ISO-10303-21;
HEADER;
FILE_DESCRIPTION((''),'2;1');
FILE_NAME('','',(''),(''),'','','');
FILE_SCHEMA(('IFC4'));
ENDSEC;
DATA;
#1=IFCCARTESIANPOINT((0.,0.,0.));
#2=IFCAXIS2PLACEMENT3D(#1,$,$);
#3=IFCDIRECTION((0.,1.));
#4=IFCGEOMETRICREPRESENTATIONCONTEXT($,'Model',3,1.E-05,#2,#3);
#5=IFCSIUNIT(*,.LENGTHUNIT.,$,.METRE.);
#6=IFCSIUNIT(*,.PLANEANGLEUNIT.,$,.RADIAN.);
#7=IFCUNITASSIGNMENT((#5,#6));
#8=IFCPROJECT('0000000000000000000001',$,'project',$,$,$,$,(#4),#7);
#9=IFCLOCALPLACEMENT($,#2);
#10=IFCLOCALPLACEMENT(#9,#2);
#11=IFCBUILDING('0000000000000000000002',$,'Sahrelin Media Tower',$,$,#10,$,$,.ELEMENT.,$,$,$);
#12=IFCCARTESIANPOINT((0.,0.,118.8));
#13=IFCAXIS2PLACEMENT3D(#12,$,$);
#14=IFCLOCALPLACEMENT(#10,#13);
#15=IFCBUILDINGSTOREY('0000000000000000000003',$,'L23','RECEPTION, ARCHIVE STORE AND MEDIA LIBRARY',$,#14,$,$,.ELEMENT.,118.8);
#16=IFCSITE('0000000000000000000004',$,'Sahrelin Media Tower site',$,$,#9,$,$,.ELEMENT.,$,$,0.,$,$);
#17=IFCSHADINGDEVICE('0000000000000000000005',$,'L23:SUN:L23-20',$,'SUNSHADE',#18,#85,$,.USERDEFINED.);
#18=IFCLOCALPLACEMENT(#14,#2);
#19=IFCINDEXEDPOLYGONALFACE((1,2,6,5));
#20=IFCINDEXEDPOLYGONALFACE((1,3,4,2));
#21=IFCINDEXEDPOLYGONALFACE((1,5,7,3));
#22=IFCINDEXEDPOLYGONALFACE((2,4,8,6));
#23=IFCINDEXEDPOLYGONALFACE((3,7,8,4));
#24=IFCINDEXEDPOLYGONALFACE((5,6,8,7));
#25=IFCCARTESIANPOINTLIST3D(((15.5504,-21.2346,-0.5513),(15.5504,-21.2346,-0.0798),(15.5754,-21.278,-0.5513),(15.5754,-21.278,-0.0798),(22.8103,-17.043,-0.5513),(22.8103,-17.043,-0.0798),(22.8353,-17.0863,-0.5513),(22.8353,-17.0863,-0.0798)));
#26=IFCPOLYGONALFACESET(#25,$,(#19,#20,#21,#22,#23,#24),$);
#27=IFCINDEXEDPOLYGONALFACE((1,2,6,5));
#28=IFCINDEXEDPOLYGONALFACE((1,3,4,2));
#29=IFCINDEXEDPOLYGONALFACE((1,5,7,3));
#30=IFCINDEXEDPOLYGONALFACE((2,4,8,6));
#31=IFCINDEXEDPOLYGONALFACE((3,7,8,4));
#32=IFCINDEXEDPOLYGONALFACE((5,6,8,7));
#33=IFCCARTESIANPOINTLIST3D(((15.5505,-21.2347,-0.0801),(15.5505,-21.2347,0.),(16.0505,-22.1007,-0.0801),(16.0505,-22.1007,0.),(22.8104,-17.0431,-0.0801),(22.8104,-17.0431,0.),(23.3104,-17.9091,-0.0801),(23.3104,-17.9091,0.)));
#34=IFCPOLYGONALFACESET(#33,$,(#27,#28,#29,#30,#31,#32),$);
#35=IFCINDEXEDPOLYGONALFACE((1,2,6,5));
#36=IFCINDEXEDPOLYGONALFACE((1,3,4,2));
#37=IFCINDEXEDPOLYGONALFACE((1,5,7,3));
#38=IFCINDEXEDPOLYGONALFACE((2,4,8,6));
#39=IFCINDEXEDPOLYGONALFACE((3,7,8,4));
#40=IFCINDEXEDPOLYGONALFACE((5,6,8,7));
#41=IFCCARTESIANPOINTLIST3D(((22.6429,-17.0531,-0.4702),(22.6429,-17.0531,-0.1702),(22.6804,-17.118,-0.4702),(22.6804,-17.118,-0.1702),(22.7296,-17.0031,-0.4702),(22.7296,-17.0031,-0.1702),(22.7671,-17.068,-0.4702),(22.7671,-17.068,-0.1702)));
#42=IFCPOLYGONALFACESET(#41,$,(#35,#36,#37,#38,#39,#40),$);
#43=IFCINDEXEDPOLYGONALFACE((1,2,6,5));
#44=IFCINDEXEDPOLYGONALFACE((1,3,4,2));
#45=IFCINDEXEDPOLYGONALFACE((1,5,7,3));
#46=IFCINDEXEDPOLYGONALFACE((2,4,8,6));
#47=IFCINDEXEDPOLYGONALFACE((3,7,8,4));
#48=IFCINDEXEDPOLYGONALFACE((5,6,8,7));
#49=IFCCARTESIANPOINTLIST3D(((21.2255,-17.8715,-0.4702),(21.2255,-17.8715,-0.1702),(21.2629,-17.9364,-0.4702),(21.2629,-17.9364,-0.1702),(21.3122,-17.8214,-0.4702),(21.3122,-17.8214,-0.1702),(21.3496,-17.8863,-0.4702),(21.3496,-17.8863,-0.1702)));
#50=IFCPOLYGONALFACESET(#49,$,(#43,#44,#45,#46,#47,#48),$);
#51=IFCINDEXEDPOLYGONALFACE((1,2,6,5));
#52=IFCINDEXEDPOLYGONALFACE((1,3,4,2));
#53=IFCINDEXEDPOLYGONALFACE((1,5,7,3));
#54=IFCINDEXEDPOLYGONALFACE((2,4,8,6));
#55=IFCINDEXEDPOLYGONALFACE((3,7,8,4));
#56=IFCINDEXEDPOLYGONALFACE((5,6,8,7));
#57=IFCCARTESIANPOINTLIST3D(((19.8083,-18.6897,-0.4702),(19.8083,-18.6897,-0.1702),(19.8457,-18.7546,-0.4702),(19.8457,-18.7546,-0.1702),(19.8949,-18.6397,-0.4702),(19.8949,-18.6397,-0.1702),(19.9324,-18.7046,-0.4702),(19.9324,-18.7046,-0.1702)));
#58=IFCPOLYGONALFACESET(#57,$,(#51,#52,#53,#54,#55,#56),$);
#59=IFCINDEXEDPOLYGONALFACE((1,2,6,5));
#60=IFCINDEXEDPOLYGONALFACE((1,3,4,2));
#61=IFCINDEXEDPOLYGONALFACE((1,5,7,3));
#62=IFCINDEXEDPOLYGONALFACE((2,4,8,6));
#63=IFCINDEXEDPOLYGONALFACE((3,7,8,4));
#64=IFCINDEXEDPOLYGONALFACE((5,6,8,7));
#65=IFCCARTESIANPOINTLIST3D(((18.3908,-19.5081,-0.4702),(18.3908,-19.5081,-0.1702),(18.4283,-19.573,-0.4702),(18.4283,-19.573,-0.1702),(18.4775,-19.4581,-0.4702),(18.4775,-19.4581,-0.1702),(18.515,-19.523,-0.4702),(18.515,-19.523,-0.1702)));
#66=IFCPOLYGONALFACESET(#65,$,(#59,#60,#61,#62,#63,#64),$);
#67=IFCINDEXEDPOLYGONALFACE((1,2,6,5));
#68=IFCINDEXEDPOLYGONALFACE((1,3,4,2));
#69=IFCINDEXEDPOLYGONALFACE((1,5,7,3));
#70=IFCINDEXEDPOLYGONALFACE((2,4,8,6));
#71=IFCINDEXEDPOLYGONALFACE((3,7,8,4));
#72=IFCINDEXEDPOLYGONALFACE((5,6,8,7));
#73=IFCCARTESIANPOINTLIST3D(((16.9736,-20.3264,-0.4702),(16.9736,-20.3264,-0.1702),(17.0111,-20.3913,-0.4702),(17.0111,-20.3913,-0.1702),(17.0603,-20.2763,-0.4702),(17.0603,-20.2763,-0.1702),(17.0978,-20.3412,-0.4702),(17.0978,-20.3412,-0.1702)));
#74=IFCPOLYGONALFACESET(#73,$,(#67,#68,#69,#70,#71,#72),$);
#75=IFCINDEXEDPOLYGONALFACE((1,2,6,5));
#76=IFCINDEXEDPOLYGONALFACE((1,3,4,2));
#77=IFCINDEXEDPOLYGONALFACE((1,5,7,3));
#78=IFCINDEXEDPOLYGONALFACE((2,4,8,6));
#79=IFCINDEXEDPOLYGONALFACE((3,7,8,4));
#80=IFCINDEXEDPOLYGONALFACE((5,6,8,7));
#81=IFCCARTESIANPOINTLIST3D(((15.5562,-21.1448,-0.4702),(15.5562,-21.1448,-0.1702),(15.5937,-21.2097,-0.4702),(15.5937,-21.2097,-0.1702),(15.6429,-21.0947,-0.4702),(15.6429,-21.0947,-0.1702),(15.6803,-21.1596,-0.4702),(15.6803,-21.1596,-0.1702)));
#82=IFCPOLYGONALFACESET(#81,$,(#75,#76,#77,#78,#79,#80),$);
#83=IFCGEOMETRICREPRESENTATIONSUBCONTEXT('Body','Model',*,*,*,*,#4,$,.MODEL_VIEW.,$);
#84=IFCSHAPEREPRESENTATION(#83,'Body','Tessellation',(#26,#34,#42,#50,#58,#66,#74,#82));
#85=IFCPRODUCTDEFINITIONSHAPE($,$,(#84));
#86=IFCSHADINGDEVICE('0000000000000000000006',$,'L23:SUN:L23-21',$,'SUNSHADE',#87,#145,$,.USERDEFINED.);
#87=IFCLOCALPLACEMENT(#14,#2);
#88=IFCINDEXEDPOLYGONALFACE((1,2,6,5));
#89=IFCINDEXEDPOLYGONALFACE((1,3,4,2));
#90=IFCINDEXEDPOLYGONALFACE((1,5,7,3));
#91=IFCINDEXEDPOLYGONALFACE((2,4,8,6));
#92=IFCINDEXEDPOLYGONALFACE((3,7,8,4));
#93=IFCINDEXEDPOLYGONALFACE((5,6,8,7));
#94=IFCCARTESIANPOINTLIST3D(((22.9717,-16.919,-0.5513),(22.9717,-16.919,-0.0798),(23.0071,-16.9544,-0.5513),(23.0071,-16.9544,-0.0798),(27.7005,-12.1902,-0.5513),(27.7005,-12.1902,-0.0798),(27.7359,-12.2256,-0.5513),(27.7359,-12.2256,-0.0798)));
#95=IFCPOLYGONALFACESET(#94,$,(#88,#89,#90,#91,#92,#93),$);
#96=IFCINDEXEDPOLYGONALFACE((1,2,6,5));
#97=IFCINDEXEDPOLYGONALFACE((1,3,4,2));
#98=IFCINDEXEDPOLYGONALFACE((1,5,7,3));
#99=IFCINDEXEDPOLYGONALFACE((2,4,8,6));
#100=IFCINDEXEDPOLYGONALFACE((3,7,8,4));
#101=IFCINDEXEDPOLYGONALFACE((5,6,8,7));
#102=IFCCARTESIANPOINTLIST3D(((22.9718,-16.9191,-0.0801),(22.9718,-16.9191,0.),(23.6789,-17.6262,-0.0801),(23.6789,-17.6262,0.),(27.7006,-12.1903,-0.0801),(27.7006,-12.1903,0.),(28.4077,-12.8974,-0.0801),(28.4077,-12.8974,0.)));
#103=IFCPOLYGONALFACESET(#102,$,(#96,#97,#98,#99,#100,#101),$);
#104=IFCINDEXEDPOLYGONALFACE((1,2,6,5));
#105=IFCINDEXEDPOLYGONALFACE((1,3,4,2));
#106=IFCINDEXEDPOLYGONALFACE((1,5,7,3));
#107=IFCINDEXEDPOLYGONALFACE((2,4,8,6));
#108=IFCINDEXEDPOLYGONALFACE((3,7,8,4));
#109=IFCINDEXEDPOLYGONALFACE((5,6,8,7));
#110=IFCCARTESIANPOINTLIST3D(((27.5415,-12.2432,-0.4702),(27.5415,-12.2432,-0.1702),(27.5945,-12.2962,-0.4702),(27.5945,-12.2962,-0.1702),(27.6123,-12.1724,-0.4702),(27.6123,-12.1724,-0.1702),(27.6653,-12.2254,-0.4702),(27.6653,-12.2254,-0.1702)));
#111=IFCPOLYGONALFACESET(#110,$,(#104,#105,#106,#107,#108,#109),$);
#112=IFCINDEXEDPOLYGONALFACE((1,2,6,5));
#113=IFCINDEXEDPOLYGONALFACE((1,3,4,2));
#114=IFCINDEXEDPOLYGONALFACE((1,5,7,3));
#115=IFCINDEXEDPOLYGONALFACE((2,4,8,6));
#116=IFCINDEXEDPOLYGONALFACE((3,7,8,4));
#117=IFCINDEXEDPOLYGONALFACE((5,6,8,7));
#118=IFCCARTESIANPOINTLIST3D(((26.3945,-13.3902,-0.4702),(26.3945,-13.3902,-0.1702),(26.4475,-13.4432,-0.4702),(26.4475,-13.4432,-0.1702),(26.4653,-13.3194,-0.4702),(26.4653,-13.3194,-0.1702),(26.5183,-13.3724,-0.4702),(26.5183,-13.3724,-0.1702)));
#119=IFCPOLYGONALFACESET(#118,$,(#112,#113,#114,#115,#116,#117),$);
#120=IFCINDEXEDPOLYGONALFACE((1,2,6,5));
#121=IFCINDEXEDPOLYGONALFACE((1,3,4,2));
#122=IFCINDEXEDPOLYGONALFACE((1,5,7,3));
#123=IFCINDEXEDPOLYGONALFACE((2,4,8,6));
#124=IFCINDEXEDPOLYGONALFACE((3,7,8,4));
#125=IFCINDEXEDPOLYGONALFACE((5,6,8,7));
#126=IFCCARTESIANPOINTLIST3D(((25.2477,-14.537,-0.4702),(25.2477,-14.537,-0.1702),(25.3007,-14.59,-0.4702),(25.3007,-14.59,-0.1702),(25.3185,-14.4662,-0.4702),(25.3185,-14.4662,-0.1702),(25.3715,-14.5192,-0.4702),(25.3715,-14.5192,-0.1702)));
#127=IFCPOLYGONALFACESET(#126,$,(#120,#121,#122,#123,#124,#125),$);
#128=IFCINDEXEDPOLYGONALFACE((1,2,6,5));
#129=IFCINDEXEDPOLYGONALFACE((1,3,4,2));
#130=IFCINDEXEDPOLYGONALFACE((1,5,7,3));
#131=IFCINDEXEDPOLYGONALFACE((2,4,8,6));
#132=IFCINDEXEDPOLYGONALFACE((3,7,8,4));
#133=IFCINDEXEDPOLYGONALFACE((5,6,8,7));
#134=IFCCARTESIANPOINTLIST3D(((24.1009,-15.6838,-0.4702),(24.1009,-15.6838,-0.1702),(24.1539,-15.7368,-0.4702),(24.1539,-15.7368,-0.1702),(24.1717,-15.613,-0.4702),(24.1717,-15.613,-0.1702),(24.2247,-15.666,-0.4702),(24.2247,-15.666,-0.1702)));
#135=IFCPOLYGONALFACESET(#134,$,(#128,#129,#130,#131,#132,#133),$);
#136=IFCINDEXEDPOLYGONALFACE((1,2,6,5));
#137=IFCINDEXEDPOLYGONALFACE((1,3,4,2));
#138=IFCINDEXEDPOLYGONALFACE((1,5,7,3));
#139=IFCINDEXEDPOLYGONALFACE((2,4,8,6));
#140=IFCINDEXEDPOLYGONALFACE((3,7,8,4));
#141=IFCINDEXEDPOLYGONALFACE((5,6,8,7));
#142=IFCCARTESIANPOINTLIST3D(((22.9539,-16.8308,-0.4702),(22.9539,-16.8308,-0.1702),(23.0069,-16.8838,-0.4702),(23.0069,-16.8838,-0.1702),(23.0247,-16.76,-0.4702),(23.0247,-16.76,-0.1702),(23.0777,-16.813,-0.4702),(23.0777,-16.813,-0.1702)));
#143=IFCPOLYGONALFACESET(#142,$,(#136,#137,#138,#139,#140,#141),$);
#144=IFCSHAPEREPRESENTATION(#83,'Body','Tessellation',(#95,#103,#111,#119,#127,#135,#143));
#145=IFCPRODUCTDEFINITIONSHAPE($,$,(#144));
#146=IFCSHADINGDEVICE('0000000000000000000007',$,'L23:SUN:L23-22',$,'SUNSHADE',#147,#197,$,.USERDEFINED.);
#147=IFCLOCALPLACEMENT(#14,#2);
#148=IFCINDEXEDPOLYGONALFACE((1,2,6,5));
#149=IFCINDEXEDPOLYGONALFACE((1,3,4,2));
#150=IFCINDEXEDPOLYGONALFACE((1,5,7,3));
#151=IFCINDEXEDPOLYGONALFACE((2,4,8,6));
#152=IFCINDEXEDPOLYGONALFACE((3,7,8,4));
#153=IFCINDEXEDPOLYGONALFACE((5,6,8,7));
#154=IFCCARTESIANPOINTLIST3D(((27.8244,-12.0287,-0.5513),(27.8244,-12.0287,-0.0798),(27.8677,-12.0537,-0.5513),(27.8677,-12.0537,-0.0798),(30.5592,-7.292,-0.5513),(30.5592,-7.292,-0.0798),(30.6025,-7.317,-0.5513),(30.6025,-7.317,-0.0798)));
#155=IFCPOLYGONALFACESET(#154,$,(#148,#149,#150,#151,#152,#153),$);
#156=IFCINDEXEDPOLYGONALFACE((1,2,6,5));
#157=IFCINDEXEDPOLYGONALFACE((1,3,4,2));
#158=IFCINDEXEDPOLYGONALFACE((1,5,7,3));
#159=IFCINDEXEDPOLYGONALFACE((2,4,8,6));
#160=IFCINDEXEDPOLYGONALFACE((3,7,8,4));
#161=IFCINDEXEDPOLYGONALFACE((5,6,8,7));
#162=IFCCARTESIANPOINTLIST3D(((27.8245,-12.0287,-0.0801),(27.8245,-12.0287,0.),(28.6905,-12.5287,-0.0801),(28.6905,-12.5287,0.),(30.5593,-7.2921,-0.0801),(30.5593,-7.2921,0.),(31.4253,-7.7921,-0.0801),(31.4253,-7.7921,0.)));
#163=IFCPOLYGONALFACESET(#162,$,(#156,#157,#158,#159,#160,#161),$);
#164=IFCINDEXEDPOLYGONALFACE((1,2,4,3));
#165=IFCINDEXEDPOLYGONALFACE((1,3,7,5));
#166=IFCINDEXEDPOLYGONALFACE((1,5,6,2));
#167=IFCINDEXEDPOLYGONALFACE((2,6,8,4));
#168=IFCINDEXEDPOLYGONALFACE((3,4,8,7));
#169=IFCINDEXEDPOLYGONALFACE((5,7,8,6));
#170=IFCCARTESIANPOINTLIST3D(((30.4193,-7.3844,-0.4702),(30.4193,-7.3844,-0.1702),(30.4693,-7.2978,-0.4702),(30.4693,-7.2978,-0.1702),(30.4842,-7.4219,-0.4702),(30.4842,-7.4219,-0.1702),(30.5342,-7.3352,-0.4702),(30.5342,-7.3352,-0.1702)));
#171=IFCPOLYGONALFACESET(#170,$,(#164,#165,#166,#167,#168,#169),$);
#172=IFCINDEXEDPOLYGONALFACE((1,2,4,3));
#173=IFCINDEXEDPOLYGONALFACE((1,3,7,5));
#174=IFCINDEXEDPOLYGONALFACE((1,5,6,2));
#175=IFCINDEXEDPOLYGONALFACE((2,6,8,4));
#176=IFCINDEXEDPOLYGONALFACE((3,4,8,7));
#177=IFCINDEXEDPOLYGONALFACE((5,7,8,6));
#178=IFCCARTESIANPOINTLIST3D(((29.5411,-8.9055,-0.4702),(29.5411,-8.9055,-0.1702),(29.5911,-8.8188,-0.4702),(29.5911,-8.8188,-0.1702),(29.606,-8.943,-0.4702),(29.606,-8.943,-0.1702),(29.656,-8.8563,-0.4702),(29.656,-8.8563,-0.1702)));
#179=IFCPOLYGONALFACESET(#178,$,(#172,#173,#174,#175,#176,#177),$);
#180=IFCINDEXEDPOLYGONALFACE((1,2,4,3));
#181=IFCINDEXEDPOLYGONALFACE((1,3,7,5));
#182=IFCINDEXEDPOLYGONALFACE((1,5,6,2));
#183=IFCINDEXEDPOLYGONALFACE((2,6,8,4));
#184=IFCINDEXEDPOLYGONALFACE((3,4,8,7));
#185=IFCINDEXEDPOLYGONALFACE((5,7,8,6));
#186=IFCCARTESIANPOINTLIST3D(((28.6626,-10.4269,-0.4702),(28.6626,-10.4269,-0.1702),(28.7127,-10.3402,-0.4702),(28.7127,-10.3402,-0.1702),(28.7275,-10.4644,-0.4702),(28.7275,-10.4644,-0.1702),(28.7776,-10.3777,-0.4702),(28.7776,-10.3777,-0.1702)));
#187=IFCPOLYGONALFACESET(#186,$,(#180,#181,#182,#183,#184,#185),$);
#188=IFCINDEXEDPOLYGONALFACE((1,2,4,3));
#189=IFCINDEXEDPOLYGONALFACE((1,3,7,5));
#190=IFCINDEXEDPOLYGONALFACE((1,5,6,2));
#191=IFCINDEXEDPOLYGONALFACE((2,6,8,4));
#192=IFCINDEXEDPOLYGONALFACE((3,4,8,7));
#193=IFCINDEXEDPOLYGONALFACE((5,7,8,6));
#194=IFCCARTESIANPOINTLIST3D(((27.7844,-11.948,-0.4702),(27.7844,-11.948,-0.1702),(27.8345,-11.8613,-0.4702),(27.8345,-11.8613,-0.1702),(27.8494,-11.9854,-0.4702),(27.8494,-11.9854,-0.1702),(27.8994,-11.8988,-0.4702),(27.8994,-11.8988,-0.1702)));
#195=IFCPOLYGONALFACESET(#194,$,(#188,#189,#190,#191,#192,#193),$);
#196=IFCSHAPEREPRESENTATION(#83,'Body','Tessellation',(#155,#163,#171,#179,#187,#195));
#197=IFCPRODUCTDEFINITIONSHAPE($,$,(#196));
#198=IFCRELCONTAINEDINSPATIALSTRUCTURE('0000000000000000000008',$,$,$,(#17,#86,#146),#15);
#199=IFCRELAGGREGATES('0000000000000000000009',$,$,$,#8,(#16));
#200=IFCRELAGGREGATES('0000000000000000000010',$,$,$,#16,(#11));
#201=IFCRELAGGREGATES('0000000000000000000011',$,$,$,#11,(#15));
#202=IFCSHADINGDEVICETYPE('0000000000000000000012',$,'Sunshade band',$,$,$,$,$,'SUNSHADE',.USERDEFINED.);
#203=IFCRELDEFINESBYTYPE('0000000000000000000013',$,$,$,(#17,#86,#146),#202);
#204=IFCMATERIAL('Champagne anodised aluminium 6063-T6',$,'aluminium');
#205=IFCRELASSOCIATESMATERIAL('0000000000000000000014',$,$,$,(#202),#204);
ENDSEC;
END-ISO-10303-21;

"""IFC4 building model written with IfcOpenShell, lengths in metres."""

from ifc_helpers import new_model, si_unit, direction, frame, origin, origin_2d, place, context, subcontext, project, spatial, rectangle, extrude, material, type_object, element, save


model = new_model("IFC4")

# Units and contexts
model_context = context("Model", 3, precision=1e-05, world=origin(), true_north=direction((0.0, 1.0)))
body_context = subcontext(model_context, "Body", "Model", "MODEL_VIEW")
ifc_project = project(units=[si_unit("LENGTHUNIT", "METRE"), si_unit("PLANEANGLEUNIT", "RADIAN")], contexts=[model_context])

# Site, building, storey
site_placement = place(None, origin())
site = spatial("IfcSite", under=ifc_project, at=site_placement, Name="Sahrelin Media Tower site", CompositionType="ELEMENT", RefElevation=0.0)
building_placement = place(site_placement, origin())
building = spatial("IfcBuilding", under=site, at=building_placement, Name="Sahrelin Media Tower", CompositionType="ELEMENT")
storey_placement = place(building_placement, frame((0.0, 0.0, 118.8)))
storey = spatial("IfcBuildingStorey", under=building, at=storey_placement, Name="L23", Description="RECEPTION, ARCHIVE STORE AND MEDIA LIBRARY", CompositionType="ELEMENT", Elevation=118.8)

# Shared definitions
ifc_material_1 = material(Name="Champagne anodised aluminium 6063-T6", Category="aluminium")

# Shading devices
placement_1 = place(storey_placement, frame((19.1704, -19.1216, 0.0), z_axis=(0.0, 0.0, 1.0), x_axis=(-0.866019, -0.500011, 0.0)))
placement_2 = place(storey_placement, frame((25.322, -14.5405, 0.0), z_axis=(0.0, 0.0, 1.0), x_axis=(-0.707107, -0.707107, 0.0)))
shading_device_type_1 = type_object("IfcShadingDeviceType", Name="Sunshade band", ElementType="SUNSHADE", PredefinedType="USERDEFINED", material=ifc_material_1)
element("IfcShadingDevice", 1, at=placement_1, inside=storey, type_object=shading_device_type_1, Name="L23:SUN:L23-20", ObjectType="SUNSHADE", PredefinedType="USERDEFINED", context=body_context, shape_type="SweptSolid", body=[
    extrude(rectangle(XDim=8.3831, YDim=0.05, at=origin_2d()), frame((0.0, 0.0449, -0.5513)), (0.0, 0.0, 1.0), 0.4714),
    extrude(rectangle(XDim=8.3831, YDim=1.0, at=origin_2d()), frame((0.0, 0.52, -0.0801)), (0.0, 0.0, 1.0), 0.0801),
    extrude(rectangle(XDim=0.1001, YDim=0.075, at=origin_2d()), frame((-4.0916, -0.0176, -0.4702)), (0.0, 0.0, 1.0), 0.3),
    extrude(rectangle(XDim=0.1001, YDim=0.075, at=origin_2d()), frame((-2.4548, -0.0176, -0.4702)), (0.0, 0.0, 1.0), 0.3),
    extrude(rectangle(XDim=0.1001, YDim=0.075, at=origin_2d()), frame((-0.8184, -0.0176, -0.4702)), (0.0, 0.0, 1.0), 0.3),
    extrude(rectangle(XDim=0.1001, YDim=0.075, at=origin_2d()), frame((0.8184, -0.0176, -0.4702)), (0.0, 0.0, 1.0), 0.3),
    extrude(rectangle(XDim=0.1001, YDim=0.075, at=origin_2d()), frame((2.4548, -0.0176, -0.4702)), (0.0, 0.0, 1.0), 0.3),
    extrude(rectangle(XDim=0.1001, YDim=0.075, at=origin_2d()), frame((4.0916, -0.0176, -0.4702)), (0.0, 0.0, 1.0), 0.3),
])
element("IfcShadingDevice", 2, at=placement_2, inside=storey, type_object=shading_device_type_1, Name="L23:SUN:L23-21", ObjectType="SUNSHADE", PredefinedType="USERDEFINED", context=body_context, shape_type="SweptSolid", body=[
    extrude(rectangle(XDim=6.6875, YDim=0.05, at=origin_2d()), frame((0.0, 0.0449, -0.5513)), (0.0, 0.0, 1.0), 0.4714),
    extrude(rectangle(XDim=6.6875, YDim=1.0, at=origin_2d()), frame((0.0, 0.52, -0.0801)), (0.0, 0.0, 1.0), 0.0801),
    extrude(rectangle(XDim=0.1001, YDim=0.075, at=origin_2d()), frame((-3.2439, -0.0176, -0.4702)), (0.0, 0.0, 1.0), 0.3),
    extrude(rectangle(XDim=0.1001, YDim=0.075, at=origin_2d()), frame((-1.6218, -0.0176, -0.4702)), (0.0, 0.0, 1.0), 0.3),
    extrude(rectangle(XDim=0.1001, YDim=0.075, at=origin_2d()), frame((0.0, -0.0176, -0.4702)), (0.0, 0.0, 1.0), 0.3),
    extrude(rectangle(XDim=0.1001, YDim=0.075, at=origin_2d()), frame((1.6218, -0.0176, -0.4702)), (0.0, 0.0, 1.0), 0.3),
    extrude(rectangle(XDim=0.1001, YDim=0.075, at=origin_2d()), frame((3.2439, -0.0176, -0.4702)), (0.0, 0.0, 1.0), 0.3),
])
shading_device_1_placement = place(storey_placement, frame((29.1746, -9.6504, 0.0), z_axis=(0.0, 0.0, 1.0), x_axis=(-0.500011, -0.866019, 0.0)))
element("IfcShadingDevice", 3, at=shading_device_1_placement, inside=storey, type_object=shading_device_type_1, Name="L23:SUN:L23-22", ObjectType="SUNSHADE", PredefinedType="USERDEFINED", context=body_context, shape_type="SweptSolid", body=[
    extrude(rectangle(XDim=5.4695, YDim=0.05, at=origin_2d()), frame((0.0, 0.0449, -0.5513)), (0.0, 0.0, 1.0), 0.4714),
    extrude(rectangle(XDim=5.4695, YDim=1.0, at=origin_2d()), frame((0.0, 0.52, -0.0801)), (0.0, 0.0, 1.0), 0.0801),
    extrude(rectangle(XDim=0.1001, YDim=0.075, at=origin_2d()), frame((-2.6348, -0.0176, -0.4702)), (0.0, 0.0, 1.0), 0.3),
    extrude(rectangle(XDim=0.1001, YDim=0.075, at=origin_2d()), frame((-0.8784, -0.0176, -0.4702)), (0.0, 0.0, 1.0), 0.3),
    extrude(rectangle(XDim=0.1001, YDim=0.075, at=origin_2d()), frame((0.8784, -0.0176, -0.4702)), (0.0, 0.0, 1.0), 0.3),
    extrude(rectangle(XDim=0.1001, YDim=0.075, at=origin_2d()), frame((2.6348, -0.0176, -0.4702)), (0.0, 0.0, 1.0), 0.3),
])

save(model, "model.ifc")
